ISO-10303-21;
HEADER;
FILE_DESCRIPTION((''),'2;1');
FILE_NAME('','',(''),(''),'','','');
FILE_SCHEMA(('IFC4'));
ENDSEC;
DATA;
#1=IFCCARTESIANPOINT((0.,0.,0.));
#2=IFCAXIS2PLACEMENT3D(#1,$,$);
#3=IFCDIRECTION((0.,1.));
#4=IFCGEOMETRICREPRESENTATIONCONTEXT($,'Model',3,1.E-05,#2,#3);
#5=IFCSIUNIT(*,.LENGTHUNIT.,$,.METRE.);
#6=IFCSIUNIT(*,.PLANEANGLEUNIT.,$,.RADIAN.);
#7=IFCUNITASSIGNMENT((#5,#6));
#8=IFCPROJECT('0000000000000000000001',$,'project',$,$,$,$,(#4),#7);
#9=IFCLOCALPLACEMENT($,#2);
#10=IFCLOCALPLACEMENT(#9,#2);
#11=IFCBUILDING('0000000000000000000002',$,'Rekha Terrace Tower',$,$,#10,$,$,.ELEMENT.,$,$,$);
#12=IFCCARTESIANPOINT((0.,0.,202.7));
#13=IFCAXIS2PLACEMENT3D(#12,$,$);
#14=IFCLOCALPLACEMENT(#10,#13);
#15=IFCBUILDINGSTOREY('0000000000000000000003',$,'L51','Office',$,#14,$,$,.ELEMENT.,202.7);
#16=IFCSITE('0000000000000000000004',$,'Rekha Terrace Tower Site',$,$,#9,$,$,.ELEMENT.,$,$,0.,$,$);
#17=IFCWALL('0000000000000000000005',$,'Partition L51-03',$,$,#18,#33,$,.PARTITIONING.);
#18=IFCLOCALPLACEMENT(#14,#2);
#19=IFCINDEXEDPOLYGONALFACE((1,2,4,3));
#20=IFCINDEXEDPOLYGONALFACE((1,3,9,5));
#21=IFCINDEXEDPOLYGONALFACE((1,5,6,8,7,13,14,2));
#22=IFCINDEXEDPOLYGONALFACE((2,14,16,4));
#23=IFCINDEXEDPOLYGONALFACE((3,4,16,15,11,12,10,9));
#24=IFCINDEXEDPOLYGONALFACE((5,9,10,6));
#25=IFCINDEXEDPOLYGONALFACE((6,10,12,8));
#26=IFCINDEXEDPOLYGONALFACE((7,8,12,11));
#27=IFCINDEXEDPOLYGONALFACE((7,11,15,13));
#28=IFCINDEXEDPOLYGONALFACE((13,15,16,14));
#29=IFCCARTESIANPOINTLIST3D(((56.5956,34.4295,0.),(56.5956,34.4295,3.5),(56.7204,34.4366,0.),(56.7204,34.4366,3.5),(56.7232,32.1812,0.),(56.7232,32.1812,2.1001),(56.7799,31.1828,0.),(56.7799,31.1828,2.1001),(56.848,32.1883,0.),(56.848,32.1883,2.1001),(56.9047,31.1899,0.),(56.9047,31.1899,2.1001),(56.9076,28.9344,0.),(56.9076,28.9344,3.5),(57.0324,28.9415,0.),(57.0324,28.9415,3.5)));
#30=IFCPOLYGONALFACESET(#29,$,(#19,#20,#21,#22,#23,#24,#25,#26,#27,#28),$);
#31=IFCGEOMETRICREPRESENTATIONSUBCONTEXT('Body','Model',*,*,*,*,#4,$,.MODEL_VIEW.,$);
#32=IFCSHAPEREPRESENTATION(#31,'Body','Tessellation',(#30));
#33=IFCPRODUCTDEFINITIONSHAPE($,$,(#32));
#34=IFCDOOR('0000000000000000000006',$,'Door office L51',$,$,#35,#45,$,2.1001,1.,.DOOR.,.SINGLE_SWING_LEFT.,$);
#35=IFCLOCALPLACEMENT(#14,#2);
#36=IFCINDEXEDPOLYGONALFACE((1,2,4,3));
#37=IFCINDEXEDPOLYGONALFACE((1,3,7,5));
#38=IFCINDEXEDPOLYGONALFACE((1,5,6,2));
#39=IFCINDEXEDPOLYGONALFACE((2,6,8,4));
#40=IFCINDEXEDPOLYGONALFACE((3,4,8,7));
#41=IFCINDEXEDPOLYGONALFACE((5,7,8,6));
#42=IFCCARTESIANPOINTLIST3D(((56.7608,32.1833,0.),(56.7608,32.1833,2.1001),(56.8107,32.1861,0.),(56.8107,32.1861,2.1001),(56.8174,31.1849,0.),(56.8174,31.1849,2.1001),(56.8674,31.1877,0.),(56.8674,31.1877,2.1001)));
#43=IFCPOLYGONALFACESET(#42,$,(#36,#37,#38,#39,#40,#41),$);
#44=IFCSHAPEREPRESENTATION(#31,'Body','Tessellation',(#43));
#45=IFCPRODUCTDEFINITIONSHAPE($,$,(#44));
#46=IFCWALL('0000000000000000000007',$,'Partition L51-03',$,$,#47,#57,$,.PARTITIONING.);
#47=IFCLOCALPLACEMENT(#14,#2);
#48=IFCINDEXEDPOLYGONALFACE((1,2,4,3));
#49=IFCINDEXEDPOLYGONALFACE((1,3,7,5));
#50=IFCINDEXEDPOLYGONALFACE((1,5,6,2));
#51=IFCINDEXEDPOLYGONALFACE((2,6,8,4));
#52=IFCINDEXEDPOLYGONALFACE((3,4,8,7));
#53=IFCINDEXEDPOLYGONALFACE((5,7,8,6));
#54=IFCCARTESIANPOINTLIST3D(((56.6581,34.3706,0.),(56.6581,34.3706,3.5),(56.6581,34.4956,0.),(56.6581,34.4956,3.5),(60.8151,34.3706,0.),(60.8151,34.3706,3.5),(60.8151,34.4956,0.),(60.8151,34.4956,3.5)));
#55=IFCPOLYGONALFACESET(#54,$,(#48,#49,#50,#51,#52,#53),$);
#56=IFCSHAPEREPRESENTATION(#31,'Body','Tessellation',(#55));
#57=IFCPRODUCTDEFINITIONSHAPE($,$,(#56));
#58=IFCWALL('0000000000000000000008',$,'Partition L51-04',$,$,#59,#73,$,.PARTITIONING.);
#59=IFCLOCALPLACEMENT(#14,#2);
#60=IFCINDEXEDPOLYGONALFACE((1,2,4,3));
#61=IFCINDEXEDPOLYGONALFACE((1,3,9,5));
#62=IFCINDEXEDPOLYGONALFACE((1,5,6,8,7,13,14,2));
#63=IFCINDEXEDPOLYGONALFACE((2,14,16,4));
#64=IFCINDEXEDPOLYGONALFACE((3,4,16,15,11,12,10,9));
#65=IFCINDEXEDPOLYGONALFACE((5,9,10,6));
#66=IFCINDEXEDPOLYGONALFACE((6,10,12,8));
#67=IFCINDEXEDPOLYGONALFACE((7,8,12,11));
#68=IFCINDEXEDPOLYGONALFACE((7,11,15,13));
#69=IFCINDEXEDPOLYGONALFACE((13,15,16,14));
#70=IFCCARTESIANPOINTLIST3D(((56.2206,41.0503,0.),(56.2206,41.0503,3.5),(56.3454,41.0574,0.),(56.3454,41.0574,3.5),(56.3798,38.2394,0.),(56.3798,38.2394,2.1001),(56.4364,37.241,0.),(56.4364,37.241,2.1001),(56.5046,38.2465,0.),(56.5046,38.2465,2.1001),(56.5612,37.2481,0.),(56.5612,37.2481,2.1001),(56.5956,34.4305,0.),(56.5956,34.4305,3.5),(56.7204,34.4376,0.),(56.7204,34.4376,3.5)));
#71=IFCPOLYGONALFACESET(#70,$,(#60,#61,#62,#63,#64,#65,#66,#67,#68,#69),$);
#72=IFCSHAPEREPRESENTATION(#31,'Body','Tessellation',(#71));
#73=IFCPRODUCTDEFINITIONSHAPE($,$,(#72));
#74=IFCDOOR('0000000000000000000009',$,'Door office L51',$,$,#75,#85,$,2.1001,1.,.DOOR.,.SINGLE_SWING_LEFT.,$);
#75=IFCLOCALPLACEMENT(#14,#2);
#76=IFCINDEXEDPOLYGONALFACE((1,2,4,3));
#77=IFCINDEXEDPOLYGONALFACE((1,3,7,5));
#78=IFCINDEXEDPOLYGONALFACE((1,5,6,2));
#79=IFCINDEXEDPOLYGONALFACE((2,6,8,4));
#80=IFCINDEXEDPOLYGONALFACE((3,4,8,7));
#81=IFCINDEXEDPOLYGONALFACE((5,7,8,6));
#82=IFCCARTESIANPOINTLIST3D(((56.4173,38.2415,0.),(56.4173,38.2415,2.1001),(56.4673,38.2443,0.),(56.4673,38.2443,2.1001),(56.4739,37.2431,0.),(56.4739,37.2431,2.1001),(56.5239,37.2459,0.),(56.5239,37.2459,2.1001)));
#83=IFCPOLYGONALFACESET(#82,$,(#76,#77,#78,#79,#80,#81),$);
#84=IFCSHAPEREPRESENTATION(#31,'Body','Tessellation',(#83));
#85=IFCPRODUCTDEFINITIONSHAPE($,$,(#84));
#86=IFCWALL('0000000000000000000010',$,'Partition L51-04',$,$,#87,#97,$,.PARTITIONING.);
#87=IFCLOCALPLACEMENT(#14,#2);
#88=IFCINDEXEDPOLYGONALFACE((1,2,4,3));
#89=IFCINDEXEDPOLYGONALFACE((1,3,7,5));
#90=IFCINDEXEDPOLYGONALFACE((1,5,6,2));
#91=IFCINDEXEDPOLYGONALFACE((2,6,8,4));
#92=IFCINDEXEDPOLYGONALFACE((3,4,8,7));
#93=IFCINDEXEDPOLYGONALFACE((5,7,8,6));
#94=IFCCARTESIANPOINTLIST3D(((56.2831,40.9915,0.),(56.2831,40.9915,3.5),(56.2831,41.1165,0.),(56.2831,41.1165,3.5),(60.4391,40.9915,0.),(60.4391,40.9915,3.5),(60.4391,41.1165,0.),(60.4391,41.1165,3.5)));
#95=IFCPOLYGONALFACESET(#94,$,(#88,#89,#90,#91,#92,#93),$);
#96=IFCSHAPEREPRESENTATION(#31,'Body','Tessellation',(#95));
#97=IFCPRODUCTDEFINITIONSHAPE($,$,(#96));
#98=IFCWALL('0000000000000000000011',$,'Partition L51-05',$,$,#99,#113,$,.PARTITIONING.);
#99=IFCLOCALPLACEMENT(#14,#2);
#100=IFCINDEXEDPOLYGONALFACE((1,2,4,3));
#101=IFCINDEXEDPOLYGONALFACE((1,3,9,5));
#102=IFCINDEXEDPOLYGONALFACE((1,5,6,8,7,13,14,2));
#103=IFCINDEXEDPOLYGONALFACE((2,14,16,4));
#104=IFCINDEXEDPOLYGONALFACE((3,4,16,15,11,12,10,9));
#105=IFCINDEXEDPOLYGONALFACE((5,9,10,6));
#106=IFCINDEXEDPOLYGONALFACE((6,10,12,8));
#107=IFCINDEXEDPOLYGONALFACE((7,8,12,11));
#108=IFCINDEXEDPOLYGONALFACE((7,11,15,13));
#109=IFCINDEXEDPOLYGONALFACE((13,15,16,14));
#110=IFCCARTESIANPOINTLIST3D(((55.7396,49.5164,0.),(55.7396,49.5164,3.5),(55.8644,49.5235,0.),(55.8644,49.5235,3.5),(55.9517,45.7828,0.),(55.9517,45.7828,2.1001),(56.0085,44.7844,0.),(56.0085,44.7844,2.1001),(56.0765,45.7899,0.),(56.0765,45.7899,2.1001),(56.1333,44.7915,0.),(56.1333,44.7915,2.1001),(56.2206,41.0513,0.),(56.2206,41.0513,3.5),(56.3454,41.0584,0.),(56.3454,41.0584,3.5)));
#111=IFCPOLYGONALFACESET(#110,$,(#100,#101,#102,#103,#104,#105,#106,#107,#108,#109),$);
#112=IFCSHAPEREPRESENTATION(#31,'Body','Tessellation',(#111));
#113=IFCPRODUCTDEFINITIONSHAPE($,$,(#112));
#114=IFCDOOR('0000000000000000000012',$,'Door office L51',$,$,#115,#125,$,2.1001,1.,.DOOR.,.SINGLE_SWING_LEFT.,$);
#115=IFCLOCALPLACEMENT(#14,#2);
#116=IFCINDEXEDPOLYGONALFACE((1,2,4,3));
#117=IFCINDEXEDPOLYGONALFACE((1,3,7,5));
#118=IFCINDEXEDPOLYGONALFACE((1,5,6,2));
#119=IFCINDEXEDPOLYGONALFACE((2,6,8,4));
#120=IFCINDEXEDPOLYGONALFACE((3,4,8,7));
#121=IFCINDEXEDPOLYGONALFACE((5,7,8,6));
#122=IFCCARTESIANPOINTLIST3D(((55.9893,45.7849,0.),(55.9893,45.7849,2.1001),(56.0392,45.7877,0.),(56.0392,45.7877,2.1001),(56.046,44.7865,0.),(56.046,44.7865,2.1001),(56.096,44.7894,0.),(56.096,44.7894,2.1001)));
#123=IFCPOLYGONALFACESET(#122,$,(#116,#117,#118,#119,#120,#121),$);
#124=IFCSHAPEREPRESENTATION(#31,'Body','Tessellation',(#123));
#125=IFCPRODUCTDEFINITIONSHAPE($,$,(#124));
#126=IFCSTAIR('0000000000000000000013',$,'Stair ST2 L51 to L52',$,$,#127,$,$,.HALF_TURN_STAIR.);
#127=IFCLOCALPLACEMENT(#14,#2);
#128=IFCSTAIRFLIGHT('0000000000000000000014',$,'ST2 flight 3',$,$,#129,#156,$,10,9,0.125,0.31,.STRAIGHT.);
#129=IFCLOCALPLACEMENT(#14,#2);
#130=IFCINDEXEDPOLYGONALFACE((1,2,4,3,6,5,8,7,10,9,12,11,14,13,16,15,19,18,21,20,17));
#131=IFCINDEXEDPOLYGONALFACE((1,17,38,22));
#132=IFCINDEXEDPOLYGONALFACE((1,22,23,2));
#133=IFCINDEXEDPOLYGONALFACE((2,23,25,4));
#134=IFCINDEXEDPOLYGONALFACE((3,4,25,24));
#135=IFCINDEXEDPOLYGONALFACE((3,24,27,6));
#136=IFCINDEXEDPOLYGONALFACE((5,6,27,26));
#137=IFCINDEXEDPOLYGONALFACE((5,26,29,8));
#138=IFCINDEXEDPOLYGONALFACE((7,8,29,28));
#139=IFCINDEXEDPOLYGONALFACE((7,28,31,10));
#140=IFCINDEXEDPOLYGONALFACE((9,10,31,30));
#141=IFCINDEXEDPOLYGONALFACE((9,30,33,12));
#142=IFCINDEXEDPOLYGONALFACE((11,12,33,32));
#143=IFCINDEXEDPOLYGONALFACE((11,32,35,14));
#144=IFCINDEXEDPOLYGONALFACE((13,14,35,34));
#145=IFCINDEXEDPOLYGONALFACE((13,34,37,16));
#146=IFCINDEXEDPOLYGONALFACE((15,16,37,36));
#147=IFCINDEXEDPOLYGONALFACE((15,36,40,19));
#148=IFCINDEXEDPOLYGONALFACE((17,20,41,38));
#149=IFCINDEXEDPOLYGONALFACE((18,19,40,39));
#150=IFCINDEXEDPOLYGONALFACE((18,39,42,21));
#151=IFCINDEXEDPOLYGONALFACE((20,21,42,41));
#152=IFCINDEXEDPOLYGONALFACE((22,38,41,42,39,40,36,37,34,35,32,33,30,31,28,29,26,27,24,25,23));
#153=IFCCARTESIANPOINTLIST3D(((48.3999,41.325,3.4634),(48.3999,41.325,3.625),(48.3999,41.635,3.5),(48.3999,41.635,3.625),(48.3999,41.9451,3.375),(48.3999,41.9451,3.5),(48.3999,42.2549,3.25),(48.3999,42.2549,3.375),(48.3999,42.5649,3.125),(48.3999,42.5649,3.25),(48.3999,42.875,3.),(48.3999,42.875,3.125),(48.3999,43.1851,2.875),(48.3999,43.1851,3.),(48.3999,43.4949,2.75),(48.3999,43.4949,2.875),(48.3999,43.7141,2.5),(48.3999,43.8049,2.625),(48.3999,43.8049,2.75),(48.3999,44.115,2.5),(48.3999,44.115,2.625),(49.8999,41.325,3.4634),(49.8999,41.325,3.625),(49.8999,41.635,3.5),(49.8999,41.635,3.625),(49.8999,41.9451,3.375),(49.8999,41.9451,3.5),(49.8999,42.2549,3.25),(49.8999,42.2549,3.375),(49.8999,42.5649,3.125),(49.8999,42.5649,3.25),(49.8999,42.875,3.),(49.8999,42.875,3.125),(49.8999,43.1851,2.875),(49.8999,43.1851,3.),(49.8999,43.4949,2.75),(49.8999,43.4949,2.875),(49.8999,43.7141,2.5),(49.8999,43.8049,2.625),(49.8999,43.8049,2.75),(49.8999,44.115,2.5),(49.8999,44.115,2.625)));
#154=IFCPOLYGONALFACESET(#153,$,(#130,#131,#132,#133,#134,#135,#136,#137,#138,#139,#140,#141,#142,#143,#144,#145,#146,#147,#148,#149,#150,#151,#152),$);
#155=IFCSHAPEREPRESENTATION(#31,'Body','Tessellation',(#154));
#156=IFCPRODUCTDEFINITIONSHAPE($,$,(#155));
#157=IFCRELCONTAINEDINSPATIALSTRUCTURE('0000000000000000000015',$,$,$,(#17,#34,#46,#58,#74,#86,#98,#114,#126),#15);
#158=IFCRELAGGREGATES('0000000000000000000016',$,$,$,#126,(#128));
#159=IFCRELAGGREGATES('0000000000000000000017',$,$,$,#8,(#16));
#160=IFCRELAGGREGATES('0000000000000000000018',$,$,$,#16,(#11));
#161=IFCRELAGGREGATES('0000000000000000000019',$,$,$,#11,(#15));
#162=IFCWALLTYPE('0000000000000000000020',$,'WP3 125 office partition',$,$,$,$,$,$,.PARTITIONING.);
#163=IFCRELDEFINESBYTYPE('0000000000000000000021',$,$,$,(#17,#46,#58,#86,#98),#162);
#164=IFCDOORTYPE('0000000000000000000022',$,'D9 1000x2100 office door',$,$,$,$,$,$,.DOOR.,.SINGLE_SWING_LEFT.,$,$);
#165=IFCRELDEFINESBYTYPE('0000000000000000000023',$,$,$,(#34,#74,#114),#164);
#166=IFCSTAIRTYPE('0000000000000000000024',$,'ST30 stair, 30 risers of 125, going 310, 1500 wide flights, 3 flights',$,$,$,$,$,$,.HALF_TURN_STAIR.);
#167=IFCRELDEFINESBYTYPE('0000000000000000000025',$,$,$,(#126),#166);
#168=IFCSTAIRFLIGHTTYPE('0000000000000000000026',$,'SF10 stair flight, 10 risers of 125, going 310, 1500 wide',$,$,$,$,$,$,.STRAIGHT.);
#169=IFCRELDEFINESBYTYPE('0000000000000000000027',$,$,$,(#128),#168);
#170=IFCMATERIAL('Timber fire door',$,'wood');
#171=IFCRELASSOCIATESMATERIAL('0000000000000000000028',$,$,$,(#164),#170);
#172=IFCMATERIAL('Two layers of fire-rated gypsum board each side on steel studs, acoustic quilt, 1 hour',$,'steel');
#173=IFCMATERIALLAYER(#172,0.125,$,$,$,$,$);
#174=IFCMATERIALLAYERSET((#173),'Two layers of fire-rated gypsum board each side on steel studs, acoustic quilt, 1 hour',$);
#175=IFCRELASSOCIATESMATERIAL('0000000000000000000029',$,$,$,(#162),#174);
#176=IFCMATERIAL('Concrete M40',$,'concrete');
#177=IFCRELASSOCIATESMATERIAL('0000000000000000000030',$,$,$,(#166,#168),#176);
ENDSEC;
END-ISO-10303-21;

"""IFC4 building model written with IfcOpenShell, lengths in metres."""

from ifc_helpers import new_model, si_unit, direction, frame, frame_2d, origin, place, context, subcontext, project, spatial, polyline, rectangle, outline, extrude, material, layer, layer_set, type_object, element, fill, aggregate, save


model = new_model("IFC4")

# Units and contexts
model_context = context("Model", 3, precision=1e-05, world=origin(), true_north=direction((0.0, 1.0)))
body_context = subcontext(model_context, "Body", "Model", "MODEL_VIEW")
ifc_project = project(units=[si_unit("LENGTHUNIT", "METRE"), si_unit("PLANEANGLEUNIT", "RADIAN")], contexts=[model_context])

# Site, building, storey
site_placement = place(None, origin())
site = spatial("IfcSite", under=ifc_project, at=site_placement, Name="Rekha Terrace Tower Site", CompositionType="ELEMENT", RefElevation=0.0)
building_placement = place(site_placement, origin())
building = spatial("IfcBuilding", under=site, at=building_placement, Name="Rekha Terrace Tower", CompositionType="ELEMENT")
storey_placement = place(building_placement, frame((0.0, 0.0, 202.7)))
storey = spatial("IfcBuildingStorey", under=building, at=storey_placement, Name="L51", Description="Office", CompositionType="ELEMENT", Elevation=202.7)

# Wall, opening, door
ifc_material_1 = material(Name="Timber fire door", Category="wood")
door_type = type_object("IfcDoorType", Name="D9 1000x2100 office door", OperationType="SINGLE_SWING_LEFT", PredefinedType="DOOR", material=ifc_material_1)
ifc_material_2 = material(Name="Two layers of fire-rated gypsum board each side on steel studs, acoustic quilt, 1 hour", Category="steel")
ifc_layer_1 = layer(ifc_material_2, 0.125)
ifc_layer_set_1 = layer_set([ifc_layer_1], Name="Two layers of fire-rated gypsum board each side on steel studs, acoustic quilt, 1 hour")
wall_type_1 = type_object("IfcWallType", Name="WP3 125 office partition", PredefinedType="PARTITIONING", material=ifc_layer_set_1)
wall_1_placement = place(storey_placement, frame((56.97, 28.938, 0.0), z_axis=(0.0, 0.0, 1.0), x_axis=(-0.056689, 0.998392, 0.0)))
wall_1 = element("IfcWall", 1, at=wall_1_placement, inside=storey, type_object=wall_type_1, Name="Partition L51-03", PredefinedType="PARTITIONING", context=body_context, shape_type="SweptSolid", body=[
    extrude(rectangle(XDim=5.5039, YDim=0.125, at=frame_2d((2.752, 0.0))), origin(), (0.0, 0.0, 1.0), 3.5),
])
opening_1_placement = place(wall_1_placement, frame((2.252, 0.0, 0.0)))
opening_1 = element("IfcOpeningElement", 2, at=opening_1_placement, cuts=wall_1, PredefinedType="OPENING", context=body_context, shape_type="SweptSolid", body=[
    extrude(rectangle(XDim=1.0, YDim=2.1001, at=frame_2d((0.5, 1.05))), frame((0.0, 0.0725, 0.0), z_axis=(0.0, -1.0, 0.0), x_axis=(1.0, 0.0, 0.0)), (0.0, 0.0, 1.0), 0.145),
])
door_1_placement = place(opening_1_placement, origin())
door_1 = element("IfcDoor", 3, at=door_1_placement, inside=storey, type_object=door_type, Name="Door office L51", OperationType="SINGLE_SWING_LEFT", OverallHeight=2.1001, OverallWidth=1.0, PredefinedType="DOOR", context=body_context, shape_type="SweptSolid", body=[
    extrude(rectangle(XDim=1.0, YDim=2.1001, at=frame_2d((0.5, 1.05))), frame((0.0, 0.0249, 0.0), z_axis=(0.0, -1.0, 0.0), x_axis=(1.0, 0.0, 0.0)), (0.0, 0.0, 1.0), 0.05),
])
fill(opening_1, door_1)

# Wall
wall_2_placement = place(storey_placement, frame((56.658, 34.4331, 0.0), z_axis=(0.0, 0.0, 1.0), x_axis=(1.0, 0.0, 0.0)))
element("IfcWall", 4, at=wall_2_placement, inside=storey, type_object=wall_type_1, Name="Partition L51-03", PredefinedType="PARTITIONING", context=body_context, shape_type="SweptSolid", body=[
    extrude(rectangle(XDim=4.157, YDim=0.125, at=frame_2d((2.0786, 0.0))), origin(), (0.0, 0.0, 1.0), 3.5),
])

# Wall, opening, door
wall_3_placement = place(storey_placement, frame((56.658, 34.4341, 0.0), z_axis=(0.0, 0.0, 1.0), x_axis=(-0.056557, 0.998399, 0.0)))
wall_3 = element("IfcWall", 5, at=wall_3_placement, inside=storey, type_object=wall_type_1, Name="Partition L51-04", PredefinedType="PARTITIONING", context=body_context, shape_type="SweptSolid", body=[
    extrude(rectangle(XDim=6.6304, YDim=0.125, at=frame_2d((3.3152, 0.0))), origin(), (0.0, 0.0, 1.0), 3.5),
])
opening_2_placement = place(wall_3_placement, frame((2.8149, 0.0, 0.0)))
opening_2 = element("IfcOpeningElement", 6, at=opening_2_placement, cuts=wall_3, PredefinedType="OPENING", context=body_context, shape_type="SweptSolid", body=[
    extrude(rectangle(XDim=1.0, YDim=2.1001, at=frame_2d((0.5, 1.05))), frame((0.0, 0.0725, 0.0), z_axis=(0.0, -1.0, 0.0), x_axis=(1.0, 0.0, 0.0)), (0.0, 0.0, 1.0), 0.145),
])
door_2_placement = place(opening_2_placement, origin())
door_2 = element("IfcDoor", 7, at=door_2_placement, inside=storey, type_object=door_type, Name="Door office L51", OperationType="SINGLE_SWING_LEFT", OverallHeight=2.1001, OverallWidth=1.0, PredefinedType="DOOR", context=body_context, shape_type="SweptSolid", body=[
    extrude(rectangle(XDim=1.0, YDim=2.1001, at=frame_2d((0.5, 1.05))), frame((0.0, 0.0249, 0.0), z_axis=(0.0, -1.0, 0.0), x_axis=(1.0, 0.0, 0.0)), (0.0, 0.0, 1.0), 0.05),
])
fill(opening_2, door_2)

# Wall
wall_4_placement = place(storey_placement, frame((56.283, 41.054, 0.0), z_axis=(0.0, 0.0, 1.0), x_axis=(1.0, 0.0, 0.0)))
element("IfcWall", 8, at=wall_4_placement, inside=storey, type_object=wall_type_1, Name="Partition L51-04", PredefinedType="PARTITIONING", context=body_context, shape_type="SweptSolid", body=[
    extrude(rectangle(XDim=4.156, YDim=0.125, at=frame_2d((2.0781, 0.0))), origin(), (0.0, 0.0, 1.0), 3.5),
])

# Wall, opening, door
wall_5_placement = place(storey_placement, frame((56.283, 41.0549, 0.0), z_axis=(0.0, 0.0, 1.0), x_axis=(-0.056725, 0.99839, 0.0)))
wall_5 = element("IfcWall", 9, at=wall_5_placement, inside=storey, type_object=wall_type_1, Name="Partition L51-05", PredefinedType="PARTITIONING", context=body_context, shape_type="SweptSolid", body=[
    extrude(rectangle(XDim=8.4788, YDim=0.125, at=frame_2d((4.2393, 0.0))), origin(), (0.0, 0.0, 1.0), 3.5),
])
opening_3_placement = place(wall_5_placement, frame((3.739, 0.0, 0.0)))
opening_3 = element("IfcOpeningElement", 10, at=opening_3_placement, cuts=wall_5, PredefinedType="OPENING", context=body_context, shape_type="SweptSolid", body=[
    extrude(rectangle(XDim=1.0, YDim=2.1001, at=frame_2d((0.5, 1.05))), frame((0.0, 0.0725, 0.0), z_axis=(0.0, -1.0, 0.0), x_axis=(1.0, 0.0, 0.0)), (0.0, 0.0, 1.0), 0.145),
])
door_3_placement = place(opening_3_placement, origin())
door_3 = element("IfcDoor", 11, at=door_3_placement, inside=storey, type_object=door_type, Name="Door office L51", OperationType="SINGLE_SWING_LEFT", OverallHeight=2.1001, OverallWidth=1.0, PredefinedType="DOOR", context=body_context, shape_type="SweptSolid", body=[
    extrude(rectangle(XDim=1.0, YDim=2.1001, at=frame_2d((0.5, 1.05))), frame((0.0, 0.0249, 0.0), z_axis=(0.0, -1.0, 0.0), x_axis=(1.0, 0.0, 0.0)), (0.0, 0.0, 1.0), 0.05),
])
fill(opening_3, door_3)

# Stair, stair flight
ifc_material_3 = material(Name="Concrete M40", Category="concrete")
stair_type = type_object("IfcStairType", Name="ST30 stair, 30 risers of 125, going 310, 1500 wide flights, 3 flights", PredefinedType="HALF_TURN_STAIR", material=ifc_material_3)
stair_placement = place(storey_placement, origin())
stair = element("IfcStair", 12, at=stair_placement, inside=storey, type_object=stair_type, Name="Stair ST2 L51 to L52", PredefinedType="HALF_TURN_STAIR")
stair_flight_type = type_object("IfcStairFlightType", Name="SF10 stair flight, 10 risers of 125, going 310, 1500 wide", PredefinedType="STRAIGHT", material=ifc_material_3)
stair_flight_placement = place(storey_placement, frame((49.1499, 44.115, 2.5), z_axis=(0.0, 0.0, 1.0), x_axis=(0.0, -1.0, 0.0)))
stair_flight = element("IfcStairFlight", 13, at=stair_flight_placement, type_object=stair_flight_type, Name="ST2 flight 3", NumberOfRisers=10, NumberOfTreads=9, PredefinedType="STRAIGHT", RiserHeight=0.125, TreadLength=0.31, context=body_context, shape_type="SweptSolid", body=[
    extrude(outline(polyline([(0.0, 0.0), (0.0, 0.125), (0.3101, 0.125), (0.3101, 0.25), (0.6201, 0.25), (0.6201, 0.375), (0.9299, 0.375), (0.9299, 0.5), (1.24, 0.5), (1.24, 0.625), (1.55, 0.625), (1.55, 0.75), (1.8601, 0.75), (1.8601, 0.875), (2.1699, 0.875), (2.1699, 1.0), (2.48, 1.0), (2.48, 1.125), (2.79, 1.125), (2.79, 1.25), (2.79, 0.9634), (0.4009, 0.0), (0.0, 0.0)])), frame((0.0, 0.75, 0.0), z_axis=(0.0, -1.0, 0.0), x_axis=(1.0, 0.0, 0.0)), (0.0, 0.0, 1.0), 1.5),
])
aggregate(stair, [stair_flight])

save(model, "model.ifc")
